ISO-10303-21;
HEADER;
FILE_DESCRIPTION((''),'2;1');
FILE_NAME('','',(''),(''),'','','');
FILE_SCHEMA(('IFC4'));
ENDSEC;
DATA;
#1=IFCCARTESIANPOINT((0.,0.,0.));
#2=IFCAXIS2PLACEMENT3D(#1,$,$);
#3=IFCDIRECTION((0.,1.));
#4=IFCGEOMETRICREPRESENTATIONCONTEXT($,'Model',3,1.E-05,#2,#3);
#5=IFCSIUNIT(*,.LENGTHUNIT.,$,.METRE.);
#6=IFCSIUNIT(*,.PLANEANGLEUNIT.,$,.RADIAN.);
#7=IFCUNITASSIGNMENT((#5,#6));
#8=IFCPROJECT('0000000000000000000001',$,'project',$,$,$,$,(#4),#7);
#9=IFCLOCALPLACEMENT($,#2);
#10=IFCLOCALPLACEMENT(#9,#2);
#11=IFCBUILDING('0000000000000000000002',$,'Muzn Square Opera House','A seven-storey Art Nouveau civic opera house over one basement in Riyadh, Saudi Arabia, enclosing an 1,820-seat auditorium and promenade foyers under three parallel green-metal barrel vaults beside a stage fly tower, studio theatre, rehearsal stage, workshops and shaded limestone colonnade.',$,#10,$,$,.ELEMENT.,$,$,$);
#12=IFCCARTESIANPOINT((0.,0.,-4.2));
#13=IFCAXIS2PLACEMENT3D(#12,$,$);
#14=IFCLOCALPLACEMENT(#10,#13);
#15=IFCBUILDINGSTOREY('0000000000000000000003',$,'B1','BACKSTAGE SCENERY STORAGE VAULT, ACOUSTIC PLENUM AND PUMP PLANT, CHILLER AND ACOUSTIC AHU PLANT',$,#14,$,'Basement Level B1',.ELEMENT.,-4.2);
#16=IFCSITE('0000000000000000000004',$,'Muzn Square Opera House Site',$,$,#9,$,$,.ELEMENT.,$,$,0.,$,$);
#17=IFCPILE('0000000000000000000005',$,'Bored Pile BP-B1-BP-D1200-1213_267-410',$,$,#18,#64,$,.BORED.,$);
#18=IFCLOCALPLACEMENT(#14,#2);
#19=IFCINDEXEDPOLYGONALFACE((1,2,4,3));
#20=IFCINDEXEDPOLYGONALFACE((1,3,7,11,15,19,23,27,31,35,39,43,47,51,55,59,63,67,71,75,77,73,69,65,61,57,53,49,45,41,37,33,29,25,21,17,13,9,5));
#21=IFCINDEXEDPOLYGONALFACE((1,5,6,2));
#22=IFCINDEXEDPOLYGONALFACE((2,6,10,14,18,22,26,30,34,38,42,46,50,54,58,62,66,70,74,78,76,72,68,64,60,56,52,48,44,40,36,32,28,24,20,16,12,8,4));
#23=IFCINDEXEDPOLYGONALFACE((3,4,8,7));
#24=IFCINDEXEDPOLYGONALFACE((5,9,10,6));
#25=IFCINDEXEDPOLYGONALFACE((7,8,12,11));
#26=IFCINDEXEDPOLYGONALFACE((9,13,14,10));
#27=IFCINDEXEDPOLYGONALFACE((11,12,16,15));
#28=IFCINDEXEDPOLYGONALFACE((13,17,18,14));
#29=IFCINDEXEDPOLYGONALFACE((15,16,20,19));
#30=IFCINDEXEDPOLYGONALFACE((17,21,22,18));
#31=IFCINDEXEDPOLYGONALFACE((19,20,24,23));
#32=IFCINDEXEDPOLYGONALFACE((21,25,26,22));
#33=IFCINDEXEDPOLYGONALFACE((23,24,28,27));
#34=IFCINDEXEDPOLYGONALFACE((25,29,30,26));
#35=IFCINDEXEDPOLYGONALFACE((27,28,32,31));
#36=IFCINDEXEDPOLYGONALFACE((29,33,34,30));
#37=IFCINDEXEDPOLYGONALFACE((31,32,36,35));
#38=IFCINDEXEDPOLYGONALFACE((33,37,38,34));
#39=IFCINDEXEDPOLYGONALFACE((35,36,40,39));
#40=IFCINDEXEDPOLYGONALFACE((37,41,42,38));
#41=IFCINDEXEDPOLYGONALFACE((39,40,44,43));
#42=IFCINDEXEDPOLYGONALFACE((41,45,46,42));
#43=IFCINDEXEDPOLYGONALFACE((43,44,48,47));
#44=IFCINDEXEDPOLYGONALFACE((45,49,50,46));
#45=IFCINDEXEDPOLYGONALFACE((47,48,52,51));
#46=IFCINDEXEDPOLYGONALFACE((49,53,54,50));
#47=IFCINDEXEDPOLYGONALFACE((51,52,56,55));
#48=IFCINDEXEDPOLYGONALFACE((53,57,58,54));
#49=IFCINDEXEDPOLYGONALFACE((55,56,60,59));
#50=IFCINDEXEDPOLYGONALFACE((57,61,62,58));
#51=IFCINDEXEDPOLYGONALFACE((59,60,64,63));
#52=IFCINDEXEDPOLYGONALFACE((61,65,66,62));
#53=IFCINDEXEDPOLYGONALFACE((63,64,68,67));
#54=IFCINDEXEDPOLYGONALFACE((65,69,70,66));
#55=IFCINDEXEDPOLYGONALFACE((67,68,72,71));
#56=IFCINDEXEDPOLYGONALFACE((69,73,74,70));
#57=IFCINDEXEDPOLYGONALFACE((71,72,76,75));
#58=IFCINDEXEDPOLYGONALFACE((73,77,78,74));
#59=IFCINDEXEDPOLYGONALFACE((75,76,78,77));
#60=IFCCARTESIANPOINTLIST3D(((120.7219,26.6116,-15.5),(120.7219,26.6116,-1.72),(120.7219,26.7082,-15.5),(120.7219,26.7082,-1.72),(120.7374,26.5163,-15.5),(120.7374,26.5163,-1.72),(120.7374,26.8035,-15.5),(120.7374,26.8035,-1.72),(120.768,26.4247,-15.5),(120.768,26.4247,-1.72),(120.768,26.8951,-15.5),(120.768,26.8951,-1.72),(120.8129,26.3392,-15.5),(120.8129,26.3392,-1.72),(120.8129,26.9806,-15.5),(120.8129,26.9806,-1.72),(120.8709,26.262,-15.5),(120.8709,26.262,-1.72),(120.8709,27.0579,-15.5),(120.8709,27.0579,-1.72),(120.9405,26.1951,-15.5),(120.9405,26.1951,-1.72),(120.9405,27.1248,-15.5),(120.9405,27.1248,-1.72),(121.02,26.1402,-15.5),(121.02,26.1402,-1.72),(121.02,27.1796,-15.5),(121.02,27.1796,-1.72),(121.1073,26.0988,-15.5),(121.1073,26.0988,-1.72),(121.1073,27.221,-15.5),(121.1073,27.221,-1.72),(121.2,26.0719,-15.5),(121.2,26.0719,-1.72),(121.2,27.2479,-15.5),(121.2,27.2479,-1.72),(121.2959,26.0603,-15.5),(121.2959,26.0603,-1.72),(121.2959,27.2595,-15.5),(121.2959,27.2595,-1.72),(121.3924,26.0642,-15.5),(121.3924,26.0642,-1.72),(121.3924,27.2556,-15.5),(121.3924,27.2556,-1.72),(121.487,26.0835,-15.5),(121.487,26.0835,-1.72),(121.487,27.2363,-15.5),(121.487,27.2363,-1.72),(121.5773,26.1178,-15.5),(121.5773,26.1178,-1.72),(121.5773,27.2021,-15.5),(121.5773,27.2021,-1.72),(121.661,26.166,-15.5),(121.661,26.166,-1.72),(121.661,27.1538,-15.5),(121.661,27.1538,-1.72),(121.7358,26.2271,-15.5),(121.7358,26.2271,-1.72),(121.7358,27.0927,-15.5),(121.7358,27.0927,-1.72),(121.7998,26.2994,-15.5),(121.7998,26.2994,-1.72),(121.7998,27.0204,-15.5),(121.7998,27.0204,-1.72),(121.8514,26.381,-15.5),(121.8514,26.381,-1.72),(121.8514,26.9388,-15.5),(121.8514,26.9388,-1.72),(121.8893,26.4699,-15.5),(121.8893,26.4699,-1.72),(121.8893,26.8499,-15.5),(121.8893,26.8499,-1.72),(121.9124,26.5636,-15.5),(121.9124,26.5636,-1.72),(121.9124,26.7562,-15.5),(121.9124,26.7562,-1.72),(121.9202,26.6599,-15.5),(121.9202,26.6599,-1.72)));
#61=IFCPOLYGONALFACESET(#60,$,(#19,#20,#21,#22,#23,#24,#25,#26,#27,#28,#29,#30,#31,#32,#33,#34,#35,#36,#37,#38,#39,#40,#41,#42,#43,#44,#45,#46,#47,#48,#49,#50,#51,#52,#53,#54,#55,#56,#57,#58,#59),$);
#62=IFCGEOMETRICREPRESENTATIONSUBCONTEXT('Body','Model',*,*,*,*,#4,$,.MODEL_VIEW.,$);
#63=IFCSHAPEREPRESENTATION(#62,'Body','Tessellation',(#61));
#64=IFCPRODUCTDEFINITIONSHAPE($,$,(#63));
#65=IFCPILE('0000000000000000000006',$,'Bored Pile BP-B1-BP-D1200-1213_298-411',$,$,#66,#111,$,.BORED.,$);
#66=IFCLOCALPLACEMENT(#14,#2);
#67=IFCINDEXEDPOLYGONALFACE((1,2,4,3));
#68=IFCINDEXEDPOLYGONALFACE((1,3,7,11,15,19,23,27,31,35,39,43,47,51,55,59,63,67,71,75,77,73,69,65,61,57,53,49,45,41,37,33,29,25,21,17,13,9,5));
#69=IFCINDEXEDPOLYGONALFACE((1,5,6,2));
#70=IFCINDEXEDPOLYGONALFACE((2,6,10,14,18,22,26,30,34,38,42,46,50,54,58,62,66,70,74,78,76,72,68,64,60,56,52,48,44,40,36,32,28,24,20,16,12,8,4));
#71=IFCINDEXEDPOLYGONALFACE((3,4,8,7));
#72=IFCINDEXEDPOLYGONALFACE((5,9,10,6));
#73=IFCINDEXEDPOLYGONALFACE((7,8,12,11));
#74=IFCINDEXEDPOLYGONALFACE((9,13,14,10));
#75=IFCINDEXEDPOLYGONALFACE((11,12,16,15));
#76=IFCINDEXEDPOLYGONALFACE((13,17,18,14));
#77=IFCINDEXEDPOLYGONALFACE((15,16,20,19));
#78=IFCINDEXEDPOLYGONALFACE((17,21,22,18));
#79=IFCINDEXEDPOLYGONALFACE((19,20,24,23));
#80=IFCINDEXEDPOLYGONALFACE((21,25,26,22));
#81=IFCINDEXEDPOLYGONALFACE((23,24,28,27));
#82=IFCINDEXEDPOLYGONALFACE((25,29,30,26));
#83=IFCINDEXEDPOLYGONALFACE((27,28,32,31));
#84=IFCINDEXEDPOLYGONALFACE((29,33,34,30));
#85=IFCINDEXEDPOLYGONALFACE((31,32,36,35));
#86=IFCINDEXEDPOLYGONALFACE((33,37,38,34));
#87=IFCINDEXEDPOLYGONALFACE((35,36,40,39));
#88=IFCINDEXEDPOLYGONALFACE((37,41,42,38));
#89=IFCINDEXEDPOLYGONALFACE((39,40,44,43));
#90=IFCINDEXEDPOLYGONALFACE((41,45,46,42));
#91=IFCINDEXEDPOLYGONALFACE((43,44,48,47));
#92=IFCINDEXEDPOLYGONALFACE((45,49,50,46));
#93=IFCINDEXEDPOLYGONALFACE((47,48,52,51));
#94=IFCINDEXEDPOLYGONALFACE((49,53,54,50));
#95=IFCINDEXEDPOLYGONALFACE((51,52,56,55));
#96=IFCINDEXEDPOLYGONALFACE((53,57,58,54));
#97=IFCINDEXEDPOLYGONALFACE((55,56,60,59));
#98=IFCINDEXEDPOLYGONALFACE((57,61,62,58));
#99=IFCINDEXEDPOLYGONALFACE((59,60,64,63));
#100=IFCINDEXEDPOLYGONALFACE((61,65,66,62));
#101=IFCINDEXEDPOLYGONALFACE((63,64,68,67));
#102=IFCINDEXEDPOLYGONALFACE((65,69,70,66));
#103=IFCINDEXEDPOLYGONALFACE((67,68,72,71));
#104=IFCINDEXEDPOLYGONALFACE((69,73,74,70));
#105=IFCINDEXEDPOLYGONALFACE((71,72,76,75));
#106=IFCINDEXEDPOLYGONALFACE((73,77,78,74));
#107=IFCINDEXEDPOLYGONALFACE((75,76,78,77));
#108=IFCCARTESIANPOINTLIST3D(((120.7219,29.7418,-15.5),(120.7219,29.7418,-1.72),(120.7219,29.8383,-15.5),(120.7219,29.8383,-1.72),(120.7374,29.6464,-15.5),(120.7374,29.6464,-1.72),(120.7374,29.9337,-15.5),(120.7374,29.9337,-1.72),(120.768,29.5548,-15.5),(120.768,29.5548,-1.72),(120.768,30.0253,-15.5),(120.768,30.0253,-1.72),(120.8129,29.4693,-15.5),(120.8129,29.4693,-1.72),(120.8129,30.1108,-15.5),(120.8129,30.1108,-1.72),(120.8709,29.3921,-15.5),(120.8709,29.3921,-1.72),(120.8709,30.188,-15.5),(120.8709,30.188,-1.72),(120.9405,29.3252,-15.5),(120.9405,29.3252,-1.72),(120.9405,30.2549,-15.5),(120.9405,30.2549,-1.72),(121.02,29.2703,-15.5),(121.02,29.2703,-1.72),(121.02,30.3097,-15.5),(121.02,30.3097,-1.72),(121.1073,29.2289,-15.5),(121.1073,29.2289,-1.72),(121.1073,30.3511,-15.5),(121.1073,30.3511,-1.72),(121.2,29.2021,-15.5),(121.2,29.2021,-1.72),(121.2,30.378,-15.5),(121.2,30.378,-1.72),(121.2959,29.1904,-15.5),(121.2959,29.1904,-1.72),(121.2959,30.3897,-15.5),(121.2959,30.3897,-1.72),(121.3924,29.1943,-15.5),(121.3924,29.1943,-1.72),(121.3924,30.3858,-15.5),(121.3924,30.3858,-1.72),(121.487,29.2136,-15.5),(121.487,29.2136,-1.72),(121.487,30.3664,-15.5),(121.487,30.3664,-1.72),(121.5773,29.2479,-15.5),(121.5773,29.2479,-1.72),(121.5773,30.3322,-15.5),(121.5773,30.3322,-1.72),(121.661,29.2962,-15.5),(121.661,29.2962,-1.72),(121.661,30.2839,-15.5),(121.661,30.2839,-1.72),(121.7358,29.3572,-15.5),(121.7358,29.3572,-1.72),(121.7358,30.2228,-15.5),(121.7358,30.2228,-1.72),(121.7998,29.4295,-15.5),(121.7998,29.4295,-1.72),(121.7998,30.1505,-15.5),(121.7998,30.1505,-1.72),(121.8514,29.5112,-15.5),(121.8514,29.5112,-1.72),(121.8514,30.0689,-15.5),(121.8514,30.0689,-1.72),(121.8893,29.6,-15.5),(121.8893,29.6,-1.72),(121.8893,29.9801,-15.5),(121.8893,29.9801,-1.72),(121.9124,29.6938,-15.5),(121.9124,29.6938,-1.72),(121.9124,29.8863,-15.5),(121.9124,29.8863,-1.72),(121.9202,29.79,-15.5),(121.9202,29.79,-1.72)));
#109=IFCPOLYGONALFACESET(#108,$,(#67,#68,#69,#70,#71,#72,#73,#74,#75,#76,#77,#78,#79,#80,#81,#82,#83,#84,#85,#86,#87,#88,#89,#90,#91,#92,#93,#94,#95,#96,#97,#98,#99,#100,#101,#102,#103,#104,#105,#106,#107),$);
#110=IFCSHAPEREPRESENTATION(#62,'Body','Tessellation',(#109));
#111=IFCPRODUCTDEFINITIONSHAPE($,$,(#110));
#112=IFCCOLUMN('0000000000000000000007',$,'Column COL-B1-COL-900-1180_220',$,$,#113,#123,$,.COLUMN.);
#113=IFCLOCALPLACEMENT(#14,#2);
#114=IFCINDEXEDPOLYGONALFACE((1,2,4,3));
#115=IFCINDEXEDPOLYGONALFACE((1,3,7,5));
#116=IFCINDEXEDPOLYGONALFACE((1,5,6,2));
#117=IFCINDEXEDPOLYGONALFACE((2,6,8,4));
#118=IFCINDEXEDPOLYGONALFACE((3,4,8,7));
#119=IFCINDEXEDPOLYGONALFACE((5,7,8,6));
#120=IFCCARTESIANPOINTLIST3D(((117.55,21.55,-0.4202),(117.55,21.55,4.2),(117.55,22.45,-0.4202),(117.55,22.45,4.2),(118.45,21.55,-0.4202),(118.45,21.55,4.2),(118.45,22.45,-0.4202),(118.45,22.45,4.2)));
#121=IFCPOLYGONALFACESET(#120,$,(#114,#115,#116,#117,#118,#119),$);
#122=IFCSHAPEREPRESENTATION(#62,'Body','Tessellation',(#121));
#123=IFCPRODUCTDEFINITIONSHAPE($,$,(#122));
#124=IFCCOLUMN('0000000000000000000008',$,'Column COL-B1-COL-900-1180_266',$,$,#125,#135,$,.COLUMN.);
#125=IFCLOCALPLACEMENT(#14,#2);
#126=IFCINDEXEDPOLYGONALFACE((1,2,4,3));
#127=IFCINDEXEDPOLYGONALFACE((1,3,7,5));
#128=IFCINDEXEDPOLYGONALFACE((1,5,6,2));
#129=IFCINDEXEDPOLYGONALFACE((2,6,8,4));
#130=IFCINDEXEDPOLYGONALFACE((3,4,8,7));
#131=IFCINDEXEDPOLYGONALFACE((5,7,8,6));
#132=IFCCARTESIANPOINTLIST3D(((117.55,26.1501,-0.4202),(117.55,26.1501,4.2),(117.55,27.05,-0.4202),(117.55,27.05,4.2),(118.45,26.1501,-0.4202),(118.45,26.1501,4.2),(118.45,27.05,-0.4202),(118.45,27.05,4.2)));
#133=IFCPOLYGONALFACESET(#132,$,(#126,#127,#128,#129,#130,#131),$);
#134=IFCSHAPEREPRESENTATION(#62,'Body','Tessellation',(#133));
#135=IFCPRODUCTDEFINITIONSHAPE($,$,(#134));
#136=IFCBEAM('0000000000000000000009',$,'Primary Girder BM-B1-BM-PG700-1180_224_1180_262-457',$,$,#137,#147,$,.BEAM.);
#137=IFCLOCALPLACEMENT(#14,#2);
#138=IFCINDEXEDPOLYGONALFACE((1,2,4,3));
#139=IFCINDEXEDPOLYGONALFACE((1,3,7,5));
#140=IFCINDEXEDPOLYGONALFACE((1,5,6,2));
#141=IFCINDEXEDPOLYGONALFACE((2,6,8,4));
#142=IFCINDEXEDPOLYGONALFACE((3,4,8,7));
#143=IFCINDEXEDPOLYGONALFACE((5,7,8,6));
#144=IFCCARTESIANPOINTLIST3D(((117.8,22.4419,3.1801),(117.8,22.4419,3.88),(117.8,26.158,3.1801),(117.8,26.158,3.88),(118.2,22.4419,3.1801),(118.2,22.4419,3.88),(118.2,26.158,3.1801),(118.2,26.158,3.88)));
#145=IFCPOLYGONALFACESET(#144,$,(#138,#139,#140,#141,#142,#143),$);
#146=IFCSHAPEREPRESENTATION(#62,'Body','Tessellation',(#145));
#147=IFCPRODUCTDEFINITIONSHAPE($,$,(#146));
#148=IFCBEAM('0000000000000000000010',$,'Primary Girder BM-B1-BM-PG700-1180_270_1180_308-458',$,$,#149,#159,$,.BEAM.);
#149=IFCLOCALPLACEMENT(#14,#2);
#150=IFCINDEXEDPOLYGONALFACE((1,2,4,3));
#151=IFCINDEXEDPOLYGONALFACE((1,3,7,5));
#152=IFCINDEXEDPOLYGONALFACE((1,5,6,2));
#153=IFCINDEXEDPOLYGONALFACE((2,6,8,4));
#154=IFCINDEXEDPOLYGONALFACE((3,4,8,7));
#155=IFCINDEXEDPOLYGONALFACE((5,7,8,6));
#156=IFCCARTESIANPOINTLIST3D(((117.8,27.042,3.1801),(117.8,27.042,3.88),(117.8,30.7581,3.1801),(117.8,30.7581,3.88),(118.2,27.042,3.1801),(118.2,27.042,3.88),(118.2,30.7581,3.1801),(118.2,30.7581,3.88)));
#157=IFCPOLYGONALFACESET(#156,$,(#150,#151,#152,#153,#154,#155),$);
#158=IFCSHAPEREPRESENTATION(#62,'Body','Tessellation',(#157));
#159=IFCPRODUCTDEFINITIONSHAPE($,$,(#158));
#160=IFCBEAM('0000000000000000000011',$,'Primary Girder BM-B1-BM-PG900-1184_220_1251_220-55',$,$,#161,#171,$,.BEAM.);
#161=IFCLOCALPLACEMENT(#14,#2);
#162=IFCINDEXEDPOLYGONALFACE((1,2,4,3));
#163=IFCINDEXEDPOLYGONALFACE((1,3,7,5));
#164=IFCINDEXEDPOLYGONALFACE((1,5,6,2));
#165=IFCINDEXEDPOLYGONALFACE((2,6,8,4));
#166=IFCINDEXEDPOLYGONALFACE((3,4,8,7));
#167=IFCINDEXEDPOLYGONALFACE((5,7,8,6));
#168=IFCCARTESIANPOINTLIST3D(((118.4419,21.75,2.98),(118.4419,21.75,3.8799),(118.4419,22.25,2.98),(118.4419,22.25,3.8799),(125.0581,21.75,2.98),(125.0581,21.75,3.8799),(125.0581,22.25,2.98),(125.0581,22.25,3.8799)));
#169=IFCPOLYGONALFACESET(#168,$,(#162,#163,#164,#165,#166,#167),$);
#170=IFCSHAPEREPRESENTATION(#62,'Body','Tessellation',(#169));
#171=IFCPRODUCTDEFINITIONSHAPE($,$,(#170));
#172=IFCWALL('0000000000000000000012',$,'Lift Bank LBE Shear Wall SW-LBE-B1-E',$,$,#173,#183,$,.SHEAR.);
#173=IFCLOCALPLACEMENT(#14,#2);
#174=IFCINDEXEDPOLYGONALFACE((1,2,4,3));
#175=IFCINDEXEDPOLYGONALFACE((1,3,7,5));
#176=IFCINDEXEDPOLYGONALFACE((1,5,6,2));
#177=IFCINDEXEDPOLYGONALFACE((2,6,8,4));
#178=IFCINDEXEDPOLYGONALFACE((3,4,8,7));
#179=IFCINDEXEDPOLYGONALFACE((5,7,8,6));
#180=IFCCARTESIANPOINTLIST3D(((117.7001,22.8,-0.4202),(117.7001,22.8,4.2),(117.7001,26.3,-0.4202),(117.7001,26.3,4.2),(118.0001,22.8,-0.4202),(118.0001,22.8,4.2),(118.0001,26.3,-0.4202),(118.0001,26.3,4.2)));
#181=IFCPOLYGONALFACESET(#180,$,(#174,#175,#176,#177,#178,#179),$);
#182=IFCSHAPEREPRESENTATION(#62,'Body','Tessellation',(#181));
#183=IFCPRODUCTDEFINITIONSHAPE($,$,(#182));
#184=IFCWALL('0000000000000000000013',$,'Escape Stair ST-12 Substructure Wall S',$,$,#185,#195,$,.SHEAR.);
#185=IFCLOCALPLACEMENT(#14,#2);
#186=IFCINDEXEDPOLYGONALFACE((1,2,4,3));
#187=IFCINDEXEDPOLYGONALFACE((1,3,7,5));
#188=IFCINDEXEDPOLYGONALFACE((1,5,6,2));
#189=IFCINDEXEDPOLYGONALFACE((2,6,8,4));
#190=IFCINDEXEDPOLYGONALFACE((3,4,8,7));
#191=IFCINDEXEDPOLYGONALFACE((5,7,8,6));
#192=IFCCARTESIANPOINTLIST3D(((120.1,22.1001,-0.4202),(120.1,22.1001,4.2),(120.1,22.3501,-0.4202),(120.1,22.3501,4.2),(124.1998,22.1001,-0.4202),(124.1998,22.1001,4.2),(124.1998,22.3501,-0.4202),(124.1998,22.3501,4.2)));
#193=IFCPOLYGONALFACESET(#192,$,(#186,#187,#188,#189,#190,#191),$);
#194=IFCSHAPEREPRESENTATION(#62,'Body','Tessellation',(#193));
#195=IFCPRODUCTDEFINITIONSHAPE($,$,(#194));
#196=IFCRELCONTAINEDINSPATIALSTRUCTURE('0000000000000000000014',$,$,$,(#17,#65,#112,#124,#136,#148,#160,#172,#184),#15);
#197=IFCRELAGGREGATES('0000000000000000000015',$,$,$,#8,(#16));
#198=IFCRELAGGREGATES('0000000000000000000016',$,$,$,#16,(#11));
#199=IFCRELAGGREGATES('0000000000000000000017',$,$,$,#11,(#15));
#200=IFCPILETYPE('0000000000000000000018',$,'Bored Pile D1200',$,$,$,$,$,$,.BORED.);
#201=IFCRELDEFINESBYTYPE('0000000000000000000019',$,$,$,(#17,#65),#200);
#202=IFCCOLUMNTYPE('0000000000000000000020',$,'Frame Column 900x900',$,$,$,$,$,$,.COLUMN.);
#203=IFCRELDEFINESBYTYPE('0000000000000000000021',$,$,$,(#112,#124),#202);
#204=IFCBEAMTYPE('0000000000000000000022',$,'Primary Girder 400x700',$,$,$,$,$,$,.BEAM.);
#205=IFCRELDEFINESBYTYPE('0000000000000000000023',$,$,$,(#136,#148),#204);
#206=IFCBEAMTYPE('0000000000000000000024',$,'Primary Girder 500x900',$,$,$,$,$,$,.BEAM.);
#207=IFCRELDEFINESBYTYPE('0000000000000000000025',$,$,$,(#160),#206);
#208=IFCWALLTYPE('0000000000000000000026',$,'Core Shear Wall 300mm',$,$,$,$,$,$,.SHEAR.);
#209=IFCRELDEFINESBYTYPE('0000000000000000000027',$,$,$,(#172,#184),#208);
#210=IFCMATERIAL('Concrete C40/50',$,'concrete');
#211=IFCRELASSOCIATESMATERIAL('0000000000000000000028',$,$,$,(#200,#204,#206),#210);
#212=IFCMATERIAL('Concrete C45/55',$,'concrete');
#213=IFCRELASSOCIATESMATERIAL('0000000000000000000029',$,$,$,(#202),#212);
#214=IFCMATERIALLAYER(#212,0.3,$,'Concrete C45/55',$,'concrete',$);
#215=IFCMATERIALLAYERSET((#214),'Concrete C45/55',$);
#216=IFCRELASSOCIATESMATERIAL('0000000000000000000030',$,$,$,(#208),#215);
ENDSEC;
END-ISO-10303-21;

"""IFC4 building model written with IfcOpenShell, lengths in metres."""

from ifc_helpers import new_model, si_unit, direction, frame, frame_2d, origin, origin_2d, place, context, subcontext, project, spatial, rectangle, circle, extrude, material, layer, layer_set, material_profile, profile_set, type_object, element, save


model = new_model("IFC4")

# Units and contexts
model_context = context("Model", 3, precision=1e-05, world=origin(), true_north=direction((0.0, 1.0)))
body_context = subcontext(model_context, "Body", "Model", "MODEL_VIEW")
ifc_project = project(units=[si_unit("LENGTHUNIT", "METRE"), si_unit("PLANEANGLEUNIT", "RADIAN")], contexts=[model_context])

# Site, building, storey
site_placement = place(None, origin())
site = spatial("IfcSite", under=ifc_project, at=site_placement, Name="Muzn Square Opera House Site", CompositionType="ELEMENT", RefElevation=0.0)
building_placement = place(site_placement, origin())
building = spatial("IfcBuilding", under=site, at=building_placement, Name="Muzn Square Opera House", Description="A seven-storey Art Nouveau civic opera house over one basement in Riyadh, Saudi Arabia, enclosing an 1,820-seat auditorium and promenade foyers under three parallel green-metal barrel vaults beside a stage fly tower, studio theatre, rehearsal stage, workshops and shaded limestone colonnade.", CompositionType="ELEMENT")
storey_placement = place(building_placement, frame((0.0, 0.0, -4.2)))
storey = spatial("IfcBuildingStorey", under=building, at=storey_placement, Name="B1", Description="BACKSTAGE SCENERY STORAGE VAULT, ACOUSTIC PLENUM AND PUMP PLANT, CHILLER AND ACOUSTIC AHU PLANT", LongName="Basement Level B1", CompositionType="ELEMENT", Elevation=-4.2)

# Piles
ifc_material_1 = material(Name="Concrete C40/50", Category="concrete")
ifc_material_profile_1 = material_profile(ifc_material_1, circle(Radius=0.6001, at=origin_2d()), Name="BORED PILE D1200", Category="concrete")
ifc_profile_set_1 = profile_set([ifc_material_profile_1], Name="Concrete C40/50")
pile_type = type_object("IfcPileType", Name="Bored Pile D1200", PredefinedType="BORED", material=ifc_profile_set_1)
for number, where, z_axis, x_axis, name in (
    (1, (121.3201, 26.6599, -1.72), (0.0, 0.0, -1.0), (1.0, 0.0, 0.0), "Bored Pile BP-B1-BP-D1200-1213_267-410"),
    (2, (121.3201, 29.79, -1.72), (0.0, 0.0, -1.0), (1.0, 0.0, 0.0), "Bored Pile BP-B1-BP-D1200-1213_298-411"),
):
    element("IfcPile", number, at=place(storey_placement, frame(where, z_axis=z_axis, x_axis=x_axis)), inside=storey, type_object=pile_type, Name=name, PredefinedType="BORED", context=body_context, shape_type="SweptSolid", body=[
        extrude(circle(Radius=0.6001, at=origin_2d()), origin(), (0.0, 0.0, 1.0), 13.78),
    ])

# Columns
ifc_material_2 = material(Name="Concrete C45/55", Category="concrete")
ifc_material_profile_2 = material_profile(ifc_material_2, rectangle(XDim=0.8999, YDim=0.8999, at=origin_2d()), Name="RC 900x900", Category="concrete")
ifc_profile_set_2 = profile_set([ifc_material_profile_2], Name="Concrete C45/55")
column_type = type_object("IfcColumnType", Name="Frame Column 900x900", PredefinedType="COLUMN", material=ifc_profile_set_2)
for number, where, z_axis, x_axis, name in (
    (3, (118.0, 22.0, -0.4202), (0.0, 0.0, 1.0), (1.0, 0.0, 0.0), "Column COL-B1-COL-900-1180_220"),
    (4, (118.0, 26.6001, -0.4202), (0.0, 0.0, 1.0), (1.0, 0.0, 0.0), "Column COL-B1-COL-900-1180_266"),
):
    element("IfcColumn", number, at=place(storey_placement, frame(where, z_axis=z_axis, x_axis=x_axis)), inside=storey, type_object=column_type, Name=name, PredefinedType="COLUMN", context=body_context, shape_type="SweptSolid", body=[
        extrude(rectangle(XDim=0.8999, YDim=0.8999, at=origin_2d()), origin(), (0.0, 0.0, 1.0), 4.6201),
    ])

# Beams
ifc_material_profile_3 = material_profile(ifc_material_1, rectangle(XDim=0.3999, YDim=0.7, at=origin_2d()), Name="RCB 400x700", Category="concrete")
ifc_profile_set_3 = profile_set([ifc_material_profile_3], Name="Concrete C40/50")
beam_type_1 = type_object("IfcBeamType", Name="Primary Girder 400x700", PredefinedType="BEAM", material=ifc_profile_set_3)
for number, where, z_axis, x_axis, name in (
    (5, (118.0, 22.4419, 3.53), (0.0, 1.0, 0.0), (-1.0, 0.0, 0.0), "Primary Girder BM-B1-BM-PG700-1180_224_1180_262-457"),
    (6, (118.0, 27.042, 3.53), (0.0, 1.0, 0.0), (-1.0, 0.0, 0.0), "Primary Girder BM-B1-BM-PG700-1180_270_1180_308-458"),
):
    element("IfcBeam", number, at=place(storey_placement, frame(where, z_axis=z_axis, x_axis=x_axis)), inside=storey, type_object=beam_type_1, Name=name, PredefinedType="BEAM", context=body_context, shape_type="SweptSolid", body=[
        extrude(rectangle(XDim=0.3999, YDim=0.7, at=origin_2d()), origin(), (0.0, 0.0, 1.0), 3.7161),
    ])
ifc_material_profile_4 = material_profile(ifc_material_1, rectangle(XDim=0.5, YDim=0.8999, at=origin_2d()), Name="RCB 500x900", Category="concrete")
ifc_profile_set_4 = profile_set([ifc_material_profile_4], Name="Concrete C40/50")
beam_type_2 = type_object("IfcBeamType", Name="Primary Girder 500x900", PredefinedType="BEAM", material=ifc_profile_set_4)
beam_placement = place(storey_placement, frame((118.4419, 22.0, 3.4299), z_axis=(1.0, 0.0, 0.0), x_axis=(0.0, 1.0, 0.0)))
element("IfcBeam", 7, at=beam_placement, inside=storey, type_object=beam_type_2, Name="Primary Girder BM-B1-BM-PG900-1184_220_1251_220-55", PredefinedType="BEAM", context=body_context, shape_type="SweptSolid", body=[
    extrude(rectangle(XDim=0.5, YDim=0.8999, at=origin_2d()), origin(), (0.0, 0.0, 1.0), 6.6162),
])

# Walls
ifc_layer_1 = layer(ifc_material_2, 0.3, Name="Concrete C45/55", Category="concrete")
ifc_layer_set_1 = layer_set([ifc_layer_1], Name="Concrete C45/55")
wall_type_1 = type_object("IfcWallType", Name="Core Shear Wall 300mm", PredefinedType="SHEAR", material=ifc_layer_set_1)
wall_1_placement = place(storey_placement, frame((117.8501, 22.8, -0.4202), z_axis=(0.0, 0.0, 1.0), x_axis=(0.0, 1.0, 0.0)))
element("IfcWall", 8, at=wall_1_placement, inside=storey, type_object=wall_type_1, Name="Lift Bank LBE Shear Wall SW-LBE-B1-E", PredefinedType="SHEAR", context=body_context, shape_type="SweptSolid", body=[
    extrude(rectangle(XDim=3.5, YDim=0.3, at=frame_2d((1.75, 0.0))), origin(), (0.0, 0.0, 1.0), 4.6201),
])
wall_2_placement = place(storey_placement, frame((120.1001, 22.2251, -0.4202), z_axis=(0.0, 0.0, 1.0), x_axis=(1.0, 0.0, 0.0)))
element("IfcWall", 9, at=wall_2_placement, inside=storey, type_object=wall_type_1, Name="Escape Stair ST-12 Substructure Wall S", PredefinedType="SHEAR", context=body_context, shape_type="SweptSolid", body=[
    extrude(rectangle(XDim=4.0999, YDim=0.25, at=frame_2d((2.0498, 0.0))), origin(), (0.0, 0.0, 1.0), 4.6201),
])

save(model, "model.ifc")
